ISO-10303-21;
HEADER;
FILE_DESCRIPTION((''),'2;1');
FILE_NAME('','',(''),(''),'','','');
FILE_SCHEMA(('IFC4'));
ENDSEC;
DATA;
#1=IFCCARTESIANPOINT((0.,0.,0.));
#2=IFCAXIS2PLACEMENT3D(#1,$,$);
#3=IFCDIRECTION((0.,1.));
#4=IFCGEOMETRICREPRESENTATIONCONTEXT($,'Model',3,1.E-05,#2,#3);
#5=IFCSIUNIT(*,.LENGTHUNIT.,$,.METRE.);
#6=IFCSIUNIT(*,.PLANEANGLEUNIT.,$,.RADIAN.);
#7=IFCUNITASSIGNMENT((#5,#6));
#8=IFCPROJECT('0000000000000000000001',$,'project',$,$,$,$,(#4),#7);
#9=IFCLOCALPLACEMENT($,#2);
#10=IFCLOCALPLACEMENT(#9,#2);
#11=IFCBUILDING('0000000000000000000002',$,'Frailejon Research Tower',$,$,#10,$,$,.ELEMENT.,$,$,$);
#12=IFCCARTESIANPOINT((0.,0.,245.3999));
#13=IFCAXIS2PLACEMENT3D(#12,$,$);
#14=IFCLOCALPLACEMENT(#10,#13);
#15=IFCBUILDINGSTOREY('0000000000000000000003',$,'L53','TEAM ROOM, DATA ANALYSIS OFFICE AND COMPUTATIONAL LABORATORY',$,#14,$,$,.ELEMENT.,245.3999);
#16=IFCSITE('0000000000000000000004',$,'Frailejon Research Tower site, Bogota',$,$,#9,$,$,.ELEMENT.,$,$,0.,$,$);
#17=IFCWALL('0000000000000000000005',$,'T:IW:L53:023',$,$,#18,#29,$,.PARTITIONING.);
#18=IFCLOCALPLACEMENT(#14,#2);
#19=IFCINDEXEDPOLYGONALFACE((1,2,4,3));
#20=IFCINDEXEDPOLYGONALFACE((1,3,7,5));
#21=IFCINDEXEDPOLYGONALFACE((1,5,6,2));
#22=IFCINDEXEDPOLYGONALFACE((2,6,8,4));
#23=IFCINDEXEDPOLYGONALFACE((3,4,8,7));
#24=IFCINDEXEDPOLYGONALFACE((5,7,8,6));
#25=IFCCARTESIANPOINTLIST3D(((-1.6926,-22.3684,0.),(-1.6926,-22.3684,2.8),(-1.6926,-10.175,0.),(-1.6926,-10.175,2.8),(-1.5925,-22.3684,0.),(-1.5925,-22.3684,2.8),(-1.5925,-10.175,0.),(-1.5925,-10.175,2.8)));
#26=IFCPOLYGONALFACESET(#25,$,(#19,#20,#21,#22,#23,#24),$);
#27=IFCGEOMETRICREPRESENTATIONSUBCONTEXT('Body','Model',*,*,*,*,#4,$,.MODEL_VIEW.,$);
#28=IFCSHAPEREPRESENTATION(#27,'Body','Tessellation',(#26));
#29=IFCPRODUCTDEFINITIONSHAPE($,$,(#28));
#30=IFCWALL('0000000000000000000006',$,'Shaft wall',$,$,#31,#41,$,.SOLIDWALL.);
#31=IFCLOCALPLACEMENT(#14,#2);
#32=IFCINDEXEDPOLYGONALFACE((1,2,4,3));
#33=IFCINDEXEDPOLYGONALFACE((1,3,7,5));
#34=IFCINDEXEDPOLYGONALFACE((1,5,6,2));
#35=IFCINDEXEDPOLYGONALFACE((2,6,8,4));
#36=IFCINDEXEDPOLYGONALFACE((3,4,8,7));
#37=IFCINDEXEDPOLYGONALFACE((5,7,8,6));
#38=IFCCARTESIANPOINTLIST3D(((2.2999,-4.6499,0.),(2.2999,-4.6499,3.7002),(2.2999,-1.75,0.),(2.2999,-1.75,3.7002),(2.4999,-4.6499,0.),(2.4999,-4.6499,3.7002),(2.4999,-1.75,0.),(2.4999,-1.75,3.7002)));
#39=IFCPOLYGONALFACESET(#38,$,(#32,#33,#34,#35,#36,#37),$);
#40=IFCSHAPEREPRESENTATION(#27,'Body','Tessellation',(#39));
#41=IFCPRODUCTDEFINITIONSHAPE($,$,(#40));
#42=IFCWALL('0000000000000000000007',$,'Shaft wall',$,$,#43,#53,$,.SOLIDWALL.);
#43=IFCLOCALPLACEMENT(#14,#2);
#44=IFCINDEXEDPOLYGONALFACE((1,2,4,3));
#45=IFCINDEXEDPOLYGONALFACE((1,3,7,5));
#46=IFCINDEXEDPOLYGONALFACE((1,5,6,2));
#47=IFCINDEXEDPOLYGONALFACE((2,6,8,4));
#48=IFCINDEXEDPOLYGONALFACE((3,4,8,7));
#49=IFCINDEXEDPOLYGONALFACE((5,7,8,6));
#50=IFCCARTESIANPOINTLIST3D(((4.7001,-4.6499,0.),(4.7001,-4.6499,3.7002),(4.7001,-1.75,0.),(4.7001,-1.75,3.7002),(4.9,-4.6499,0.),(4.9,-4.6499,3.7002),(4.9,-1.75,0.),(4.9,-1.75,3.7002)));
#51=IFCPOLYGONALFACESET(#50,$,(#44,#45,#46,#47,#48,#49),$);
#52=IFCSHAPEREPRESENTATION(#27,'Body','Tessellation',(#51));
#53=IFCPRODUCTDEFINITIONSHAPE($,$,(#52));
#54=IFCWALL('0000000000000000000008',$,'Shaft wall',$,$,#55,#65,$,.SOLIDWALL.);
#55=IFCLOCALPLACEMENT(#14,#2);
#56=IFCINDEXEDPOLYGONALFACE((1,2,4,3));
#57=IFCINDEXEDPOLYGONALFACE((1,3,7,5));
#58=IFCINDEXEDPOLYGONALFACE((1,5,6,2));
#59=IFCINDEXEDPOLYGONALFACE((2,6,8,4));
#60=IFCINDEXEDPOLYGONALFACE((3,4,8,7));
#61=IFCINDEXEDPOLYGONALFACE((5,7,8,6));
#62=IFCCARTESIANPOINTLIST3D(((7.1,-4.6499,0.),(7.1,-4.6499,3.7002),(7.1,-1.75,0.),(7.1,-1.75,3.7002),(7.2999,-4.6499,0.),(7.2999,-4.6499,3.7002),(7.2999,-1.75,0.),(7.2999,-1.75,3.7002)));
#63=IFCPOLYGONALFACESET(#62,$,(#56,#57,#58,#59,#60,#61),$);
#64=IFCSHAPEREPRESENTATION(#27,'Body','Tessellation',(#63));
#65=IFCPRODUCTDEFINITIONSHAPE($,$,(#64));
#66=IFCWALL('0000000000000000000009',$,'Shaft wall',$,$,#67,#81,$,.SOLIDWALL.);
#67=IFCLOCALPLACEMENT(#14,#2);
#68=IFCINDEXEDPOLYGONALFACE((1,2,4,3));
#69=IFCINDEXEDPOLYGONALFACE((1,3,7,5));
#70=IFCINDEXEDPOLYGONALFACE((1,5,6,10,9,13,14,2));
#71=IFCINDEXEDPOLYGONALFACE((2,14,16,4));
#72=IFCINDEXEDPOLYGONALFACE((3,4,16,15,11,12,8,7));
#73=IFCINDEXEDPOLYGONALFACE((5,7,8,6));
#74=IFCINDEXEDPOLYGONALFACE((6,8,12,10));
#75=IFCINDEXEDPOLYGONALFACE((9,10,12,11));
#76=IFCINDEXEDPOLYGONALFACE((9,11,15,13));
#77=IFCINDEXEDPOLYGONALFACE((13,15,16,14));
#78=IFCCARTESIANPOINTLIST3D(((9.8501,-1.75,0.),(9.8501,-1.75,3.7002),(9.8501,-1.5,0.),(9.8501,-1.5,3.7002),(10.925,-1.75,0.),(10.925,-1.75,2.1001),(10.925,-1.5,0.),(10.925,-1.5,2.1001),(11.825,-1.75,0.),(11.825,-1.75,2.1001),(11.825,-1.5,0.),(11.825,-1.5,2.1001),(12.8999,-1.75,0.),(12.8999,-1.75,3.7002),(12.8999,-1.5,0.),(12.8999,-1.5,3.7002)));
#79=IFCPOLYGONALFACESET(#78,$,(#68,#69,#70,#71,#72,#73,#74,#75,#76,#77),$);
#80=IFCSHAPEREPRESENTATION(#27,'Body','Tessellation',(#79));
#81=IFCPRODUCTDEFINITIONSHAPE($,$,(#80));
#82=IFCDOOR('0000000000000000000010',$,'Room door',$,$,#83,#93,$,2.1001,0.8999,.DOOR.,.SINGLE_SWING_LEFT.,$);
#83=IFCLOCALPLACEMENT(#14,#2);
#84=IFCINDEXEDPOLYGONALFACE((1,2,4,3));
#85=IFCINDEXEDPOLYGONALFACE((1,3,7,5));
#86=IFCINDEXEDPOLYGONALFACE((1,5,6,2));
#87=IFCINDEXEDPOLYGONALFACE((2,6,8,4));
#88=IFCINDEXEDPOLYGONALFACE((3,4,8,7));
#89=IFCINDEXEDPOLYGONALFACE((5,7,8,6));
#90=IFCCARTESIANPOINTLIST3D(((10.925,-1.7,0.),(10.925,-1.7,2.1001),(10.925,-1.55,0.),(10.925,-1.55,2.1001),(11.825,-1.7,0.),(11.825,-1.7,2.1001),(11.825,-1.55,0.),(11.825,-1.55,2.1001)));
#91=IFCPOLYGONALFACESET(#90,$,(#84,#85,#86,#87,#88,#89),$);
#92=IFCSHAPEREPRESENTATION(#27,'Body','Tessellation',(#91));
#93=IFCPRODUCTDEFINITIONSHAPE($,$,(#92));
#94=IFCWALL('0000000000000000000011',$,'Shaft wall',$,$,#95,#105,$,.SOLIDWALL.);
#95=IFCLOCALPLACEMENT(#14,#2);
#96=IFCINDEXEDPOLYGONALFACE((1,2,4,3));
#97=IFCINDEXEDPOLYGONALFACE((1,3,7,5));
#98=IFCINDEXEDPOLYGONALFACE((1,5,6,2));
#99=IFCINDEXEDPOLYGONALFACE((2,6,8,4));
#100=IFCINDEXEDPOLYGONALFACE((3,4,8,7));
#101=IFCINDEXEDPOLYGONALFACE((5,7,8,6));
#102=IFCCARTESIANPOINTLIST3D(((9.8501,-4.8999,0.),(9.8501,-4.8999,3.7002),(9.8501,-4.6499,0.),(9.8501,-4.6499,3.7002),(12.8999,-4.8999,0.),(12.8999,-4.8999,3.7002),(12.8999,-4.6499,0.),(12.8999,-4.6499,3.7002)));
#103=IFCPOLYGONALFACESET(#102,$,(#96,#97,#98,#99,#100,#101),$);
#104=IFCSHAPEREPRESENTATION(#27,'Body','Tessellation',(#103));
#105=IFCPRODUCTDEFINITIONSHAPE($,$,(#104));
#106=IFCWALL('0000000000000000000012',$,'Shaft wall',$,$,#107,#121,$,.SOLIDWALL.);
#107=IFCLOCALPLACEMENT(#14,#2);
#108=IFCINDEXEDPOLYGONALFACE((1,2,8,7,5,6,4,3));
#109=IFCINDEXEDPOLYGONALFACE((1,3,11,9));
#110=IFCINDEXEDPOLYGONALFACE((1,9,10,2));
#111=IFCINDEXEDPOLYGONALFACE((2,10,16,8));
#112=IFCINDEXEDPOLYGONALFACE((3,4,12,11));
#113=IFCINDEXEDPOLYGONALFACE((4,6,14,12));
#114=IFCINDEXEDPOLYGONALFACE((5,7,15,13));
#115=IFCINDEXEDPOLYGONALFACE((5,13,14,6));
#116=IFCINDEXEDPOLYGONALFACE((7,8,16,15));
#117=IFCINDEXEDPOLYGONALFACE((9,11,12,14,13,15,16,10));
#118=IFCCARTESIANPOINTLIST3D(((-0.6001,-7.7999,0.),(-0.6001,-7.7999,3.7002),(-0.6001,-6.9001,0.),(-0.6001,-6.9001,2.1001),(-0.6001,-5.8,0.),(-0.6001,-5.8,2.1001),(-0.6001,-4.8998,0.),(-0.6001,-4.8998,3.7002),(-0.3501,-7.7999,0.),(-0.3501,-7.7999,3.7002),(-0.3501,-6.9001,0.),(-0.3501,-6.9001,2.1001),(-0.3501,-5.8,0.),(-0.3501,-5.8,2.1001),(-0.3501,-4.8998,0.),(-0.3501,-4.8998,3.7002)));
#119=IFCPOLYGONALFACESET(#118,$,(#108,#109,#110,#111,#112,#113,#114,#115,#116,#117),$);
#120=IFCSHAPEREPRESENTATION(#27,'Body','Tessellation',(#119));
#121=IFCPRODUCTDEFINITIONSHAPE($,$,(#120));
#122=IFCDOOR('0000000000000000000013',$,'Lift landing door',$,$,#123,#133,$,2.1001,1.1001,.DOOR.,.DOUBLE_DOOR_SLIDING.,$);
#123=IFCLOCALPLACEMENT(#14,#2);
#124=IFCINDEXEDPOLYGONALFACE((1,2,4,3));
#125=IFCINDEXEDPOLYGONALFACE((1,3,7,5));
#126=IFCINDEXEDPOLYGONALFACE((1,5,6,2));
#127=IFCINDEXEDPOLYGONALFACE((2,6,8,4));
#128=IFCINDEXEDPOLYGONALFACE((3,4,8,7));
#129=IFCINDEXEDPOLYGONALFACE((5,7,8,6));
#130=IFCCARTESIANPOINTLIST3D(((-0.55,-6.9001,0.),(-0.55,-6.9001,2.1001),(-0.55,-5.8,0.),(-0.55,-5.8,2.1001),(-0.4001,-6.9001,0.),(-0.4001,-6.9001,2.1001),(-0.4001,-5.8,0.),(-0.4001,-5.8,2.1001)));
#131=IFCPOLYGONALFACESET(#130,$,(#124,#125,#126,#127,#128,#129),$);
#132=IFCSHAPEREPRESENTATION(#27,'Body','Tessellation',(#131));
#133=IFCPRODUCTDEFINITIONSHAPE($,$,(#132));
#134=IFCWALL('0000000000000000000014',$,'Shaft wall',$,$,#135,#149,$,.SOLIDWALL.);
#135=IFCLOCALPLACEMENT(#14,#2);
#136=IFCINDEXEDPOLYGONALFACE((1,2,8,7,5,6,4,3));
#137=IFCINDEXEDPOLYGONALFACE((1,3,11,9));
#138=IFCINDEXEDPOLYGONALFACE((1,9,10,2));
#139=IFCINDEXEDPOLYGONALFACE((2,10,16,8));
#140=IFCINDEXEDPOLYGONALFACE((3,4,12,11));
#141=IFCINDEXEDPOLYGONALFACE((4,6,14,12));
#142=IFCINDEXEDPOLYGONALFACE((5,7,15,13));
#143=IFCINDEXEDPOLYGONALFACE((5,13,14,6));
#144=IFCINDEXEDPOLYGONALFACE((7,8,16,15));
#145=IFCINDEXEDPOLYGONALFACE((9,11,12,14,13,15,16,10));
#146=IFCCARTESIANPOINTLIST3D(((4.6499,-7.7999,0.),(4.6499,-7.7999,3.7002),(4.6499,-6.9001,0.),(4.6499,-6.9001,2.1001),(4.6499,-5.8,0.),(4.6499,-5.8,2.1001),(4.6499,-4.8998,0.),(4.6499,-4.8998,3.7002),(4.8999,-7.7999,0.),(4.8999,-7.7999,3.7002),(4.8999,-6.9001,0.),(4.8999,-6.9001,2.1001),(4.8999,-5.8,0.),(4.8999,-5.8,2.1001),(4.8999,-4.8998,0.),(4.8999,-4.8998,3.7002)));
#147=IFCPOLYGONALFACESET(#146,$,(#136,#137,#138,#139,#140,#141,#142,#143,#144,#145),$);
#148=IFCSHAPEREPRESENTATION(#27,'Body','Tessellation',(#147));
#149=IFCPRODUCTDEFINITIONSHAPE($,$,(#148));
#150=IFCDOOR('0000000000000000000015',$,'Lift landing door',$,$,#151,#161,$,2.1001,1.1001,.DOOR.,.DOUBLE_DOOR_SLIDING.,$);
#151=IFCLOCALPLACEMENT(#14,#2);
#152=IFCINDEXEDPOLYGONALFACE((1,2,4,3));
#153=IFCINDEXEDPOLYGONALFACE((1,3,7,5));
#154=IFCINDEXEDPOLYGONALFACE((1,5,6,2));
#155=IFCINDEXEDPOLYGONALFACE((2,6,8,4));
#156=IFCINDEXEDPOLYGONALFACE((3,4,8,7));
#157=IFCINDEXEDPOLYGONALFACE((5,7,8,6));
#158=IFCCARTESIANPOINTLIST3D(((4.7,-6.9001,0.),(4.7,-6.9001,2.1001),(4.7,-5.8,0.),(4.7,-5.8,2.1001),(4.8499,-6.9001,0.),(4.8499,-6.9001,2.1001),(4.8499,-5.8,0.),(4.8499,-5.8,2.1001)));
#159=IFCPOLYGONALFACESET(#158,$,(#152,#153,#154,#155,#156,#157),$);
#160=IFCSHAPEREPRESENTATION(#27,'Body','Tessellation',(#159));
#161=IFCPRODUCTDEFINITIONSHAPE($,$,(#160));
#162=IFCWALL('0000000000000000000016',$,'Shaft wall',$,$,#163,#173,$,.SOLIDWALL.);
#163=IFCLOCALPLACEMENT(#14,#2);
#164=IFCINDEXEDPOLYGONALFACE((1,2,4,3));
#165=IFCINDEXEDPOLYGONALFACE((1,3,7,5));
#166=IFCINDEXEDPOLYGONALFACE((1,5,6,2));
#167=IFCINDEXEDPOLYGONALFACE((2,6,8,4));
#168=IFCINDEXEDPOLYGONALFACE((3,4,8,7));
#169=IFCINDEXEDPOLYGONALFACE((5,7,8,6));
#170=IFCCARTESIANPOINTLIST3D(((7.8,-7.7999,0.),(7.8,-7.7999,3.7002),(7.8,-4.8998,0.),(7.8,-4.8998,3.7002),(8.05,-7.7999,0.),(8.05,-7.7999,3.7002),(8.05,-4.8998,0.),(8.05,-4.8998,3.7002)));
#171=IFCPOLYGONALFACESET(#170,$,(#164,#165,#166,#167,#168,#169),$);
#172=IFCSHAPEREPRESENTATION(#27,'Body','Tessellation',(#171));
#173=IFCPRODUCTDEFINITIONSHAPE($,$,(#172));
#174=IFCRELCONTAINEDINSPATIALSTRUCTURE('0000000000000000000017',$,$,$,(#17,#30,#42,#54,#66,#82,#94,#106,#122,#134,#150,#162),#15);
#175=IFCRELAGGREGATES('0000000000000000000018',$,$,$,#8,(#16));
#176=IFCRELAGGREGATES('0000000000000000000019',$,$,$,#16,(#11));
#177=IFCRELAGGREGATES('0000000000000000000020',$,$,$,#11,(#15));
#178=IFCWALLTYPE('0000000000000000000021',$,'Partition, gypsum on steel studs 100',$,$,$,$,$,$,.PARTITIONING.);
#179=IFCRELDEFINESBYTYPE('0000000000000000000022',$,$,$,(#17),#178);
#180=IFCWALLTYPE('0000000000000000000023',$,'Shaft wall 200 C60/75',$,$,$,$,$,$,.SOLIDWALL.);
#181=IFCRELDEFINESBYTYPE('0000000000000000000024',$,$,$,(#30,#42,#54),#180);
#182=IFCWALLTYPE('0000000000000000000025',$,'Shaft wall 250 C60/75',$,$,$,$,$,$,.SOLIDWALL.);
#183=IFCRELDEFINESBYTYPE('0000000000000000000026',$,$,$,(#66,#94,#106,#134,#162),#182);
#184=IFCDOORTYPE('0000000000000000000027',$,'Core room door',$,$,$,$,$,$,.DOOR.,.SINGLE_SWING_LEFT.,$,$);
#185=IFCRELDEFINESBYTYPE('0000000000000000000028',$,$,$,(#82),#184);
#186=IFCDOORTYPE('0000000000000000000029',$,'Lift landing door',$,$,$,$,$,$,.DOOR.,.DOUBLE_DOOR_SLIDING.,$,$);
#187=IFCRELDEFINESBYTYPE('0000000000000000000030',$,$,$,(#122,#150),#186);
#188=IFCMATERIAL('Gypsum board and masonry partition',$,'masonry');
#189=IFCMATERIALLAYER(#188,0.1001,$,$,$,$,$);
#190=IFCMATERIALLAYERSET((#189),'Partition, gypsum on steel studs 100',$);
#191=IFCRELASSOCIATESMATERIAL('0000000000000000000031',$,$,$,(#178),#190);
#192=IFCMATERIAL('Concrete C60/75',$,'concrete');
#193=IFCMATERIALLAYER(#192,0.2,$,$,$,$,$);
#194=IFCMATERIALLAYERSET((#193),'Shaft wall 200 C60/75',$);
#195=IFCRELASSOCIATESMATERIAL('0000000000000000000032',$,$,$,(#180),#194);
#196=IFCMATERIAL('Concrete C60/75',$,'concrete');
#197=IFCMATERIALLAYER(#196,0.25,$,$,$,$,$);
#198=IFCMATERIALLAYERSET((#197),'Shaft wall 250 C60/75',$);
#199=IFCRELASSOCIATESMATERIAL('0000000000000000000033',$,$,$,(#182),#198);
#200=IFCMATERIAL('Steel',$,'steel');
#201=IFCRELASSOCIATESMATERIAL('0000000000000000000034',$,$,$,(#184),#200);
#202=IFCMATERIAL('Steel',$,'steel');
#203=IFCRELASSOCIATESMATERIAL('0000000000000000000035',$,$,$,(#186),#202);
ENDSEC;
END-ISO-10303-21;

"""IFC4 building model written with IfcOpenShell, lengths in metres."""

from ifc_helpers import new_model, si_unit, direction, frame, frame_2d, origin, place, context, subcontext, project, spatial, rectangle, extrude, material, layer, layer_set, type_object, element, fill, save


model = new_model("IFC4")

# Units and contexts
model_context = context("Model", 3, precision=1e-05, world=origin(), true_north=direction((0.0, 1.0)))
body_context = subcontext(model_context, "Body", "Model", "MODEL_VIEW")
ifc_project = project(units=[si_unit("LENGTHUNIT", "METRE"), si_unit("PLANEANGLEUNIT", "RADIAN")], contexts=[model_context])

# Site, building, storey
site_placement = place(None, origin())
site = spatial("IfcSite", under=ifc_project, at=site_placement, Name="Frailejon Research Tower site, Bogota", CompositionType="ELEMENT", RefElevation=0.0)
building_placement = place(site_placement, origin())
building = spatial("IfcBuilding", under=site, at=building_placement, Name="Frailejon Research Tower", CompositionType="ELEMENT")
storey_placement = place(building_placement, frame((0.0, 0.0, 245.3999)))
storey = spatial("IfcBuildingStorey", under=building, at=storey_placement, Name="L53", Description="TEAM ROOM, DATA ANALYSIS OFFICE AND COMPUTATIONAL LABORATORY", CompositionType="ELEMENT", Elevation=245.3999)

# Walls
ifc_material_1 = material(Name="Gypsum board and masonry partition", Category="masonry")
ifc_layer_1 = layer(ifc_material_1, 0.1001)
ifc_layer_set_1 = layer_set([ifc_layer_1], Name="Partition, gypsum on steel studs 100")
wall_type_1 = type_object("IfcWallType", Name="Partition, gypsum on steel studs 100", PredefinedType="PARTITIONING", material=ifc_layer_set_1)
wall_1_placement = place(storey_placement, frame((-1.6426, -22.3684, 0.0), z_axis=(0.0, 0.0, 1.0), x_axis=(0.0, 1.0, 0.0)))
element("IfcWall", 1, at=wall_1_placement, inside=storey, type_object=wall_type_1, Name="T:IW:L53:023", PredefinedType="PARTITIONING", context=body_context, shape_type="SweptSolid", body=[
    extrude(rectangle(XDim=12.1934, YDim=0.1001, at=frame_2d((6.0967, 0.0))), origin(), (0.0, 0.0, 1.0), 2.8),
])
ifc_material_2 = material(Name="Concrete C60/75", Category="concrete")
ifc_layer_2 = layer(ifc_material_2, 0.2)
ifc_layer_set_2 = layer_set([ifc_layer_2], Name="Shaft wall 200 C60/75")
wall_type_2 = type_object("IfcWallType", Name="Shaft wall 200 C60/75", PredefinedType="SOLIDWALL", material=ifc_layer_set_2)
for number, where, z_axis, x_axis, name in (
    (2, (2.3999, -4.6499, 0.0), (0.0, 0.0, 1.0), (0.0, 1.0, 0.0), "Shaft wall"),
    (3, (4.8, -4.6499, 0.0), (0.0, 0.0, 1.0), (0.0, 1.0, 0.0), "Shaft wall"),
    (4, (7.2, -4.6499, 0.0), (0.0, 0.0, 1.0), (0.0, 1.0, 0.0), "Shaft wall"),
):
    element("IfcWall", number, at=place(storey_placement, frame(where, z_axis=z_axis, x_axis=x_axis)), inside=storey, type_object=wall_type_2, Name=name, PredefinedType="SOLIDWALL", context=body_context, shape_type="SweptSolid", body=[
        extrude(rectangle(XDim=2.8999, YDim=0.2, at=frame_2d((1.45, 0.0))), origin(), (0.0, 0.0, 1.0), 3.7002),
    ])

# Wall, opening, door
ifc_material_3 = material(Name="Concrete C60/75", Category="concrete")
ifc_layer_3 = layer(ifc_material_3, 0.25)
ifc_layer_set_3 = layer_set([ifc_layer_3], Name="Shaft wall 250 C60/75")
wall_type_3 = type_object("IfcWallType", Name="Shaft wall 250 C60/75", PredefinedType="SOLIDWALL", material=ifc_layer_set_3)
wall_2_placement = place(storey_placement, frame((9.8501, -1.625, 0.0), z_axis=(0.0, 0.0, 1.0), x_axis=(1.0, 0.0, 0.0)))
wall_2 = element("IfcWall", 5, at=wall_2_placement, inside=storey, type_object=wall_type_3, Name="Shaft wall", PredefinedType="SOLIDWALL", context=body_context, shape_type="SweptSolid", body=[
    extrude(rectangle(XDim=3.0498, YDim=0.25, at=frame_2d((1.5249, 0.0))), origin(), (0.0, 0.0, 1.0), 3.7002),
])
opening_1_placement = place(wall_2_placement, frame((1.075, 0.0, 0.0)))
opening_1 = element("IfcOpeningElement", 6, at=opening_1_placement, cuts=wall_2, PredefinedType="OPENING", context=body_context, shape_type="SweptSolid", body=[
    extrude(rectangle(XDim=0.8999, YDim=2.1001, at=frame_2d((0.45, 1.05))), frame((0.0, 0.135, 0.0), z_axis=(0.0, -1.0, 0.0), x_axis=(1.0, 0.0, 0.0)), (0.0, 0.0, 1.0), 0.27),
])
ifc_material_4 = material(Name="Steel", Category="steel")
door_type_1 = type_object("IfcDoorType", Name="Core room door", OperationType="SINGLE_SWING_LEFT", PredefinedType="DOOR", material=ifc_material_4)
door_1_placement = place(opening_1_placement, origin())
door_1 = element("IfcDoor", 7, at=door_1_placement, inside=storey, type_object=door_type_1, Name="Room door", OperationType="SINGLE_SWING_LEFT", OverallHeight=2.1001, OverallWidth=0.8999, PredefinedType="DOOR", context=body_context, shape_type="SweptSolid", body=[
    extrude(rectangle(XDim=0.8999, YDim=2.1001, at=frame_2d((0.45, 1.05))), frame((0.0, 0.075, 0.0), z_axis=(0.0, -1.0, 0.0), x_axis=(1.0, 0.0, 0.0)), (0.0, 0.0, 1.0), 0.1499),
])
fill(opening_1, door_1)

# Wall
wall_3_placement = place(storey_placement, frame((9.8501, -4.7749, 0.0), z_axis=(0.0, 0.0, 1.0), x_axis=(1.0, 0.0, 0.0)))
element("IfcWall", 8, at=wall_3_placement, inside=storey, type_object=wall_type_3, Name="Shaft wall", PredefinedType="SOLIDWALL", context=body_context, shape_type="SweptSolid", body=[
    extrude(rectangle(XDim=3.0498, YDim=0.25, at=frame_2d((1.5249, 0.0))), origin(), (0.0, 0.0, 1.0), 3.7002),
])

# Walls, openings, doors
wall_4_placement = place(storey_placement, frame((-0.4751, -7.8, 0.0), z_axis=(0.0, 0.0, 1.0), x_axis=(0.0, 1.0, 0.0)))
wall_4 = element("IfcWall", 9, at=wall_4_placement, inside=storey, type_object=wall_type_3, Name="Shaft wall", PredefinedType="SOLIDWALL", context=body_context, shape_type="SweptSolid", body=[
    extrude(rectangle(XDim=2.9001, YDim=0.25, at=frame_2d((1.4502, 0.0))), origin(), (0.0, 0.0, 1.0), 3.7002),
])
opening_2_placement = place(wall_4_placement, frame((0.8999, 0.0, 0.0)))
opening_2 = element("IfcOpeningElement", 10, at=opening_2_placement, cuts=wall_4, PredefinedType="OPENING", context=body_context, shape_type="SweptSolid", body=[
    extrude(rectangle(XDim=1.1001, YDim=2.1001, at=frame_2d((0.55, 1.05))), frame((0.0, 0.135, 0.0), z_axis=(0.0, -1.0, 0.0), x_axis=(1.0, 0.0, 0.0)), (0.0, 0.0, 1.0), 0.27),
])
ifc_material_5 = material(Name="Steel", Category="steel")
door_type_2 = type_object("IfcDoorType", Name="Lift landing door", OperationType="DOUBLE_DOOR_SLIDING", PredefinedType="DOOR", material=ifc_material_5)
door_2_placement = place(opening_2_placement, origin())
door_2 = element("IfcDoor", 11, at=door_2_placement, inside=storey, type_object=door_type_2, Name="Lift landing door", OperationType="DOUBLE_DOOR_SLIDING", OverallHeight=2.1001, OverallWidth=1.1001, PredefinedType="DOOR", context=body_context, shape_type="SweptSolid", body=[
    extrude(rectangle(XDim=1.1001, YDim=2.1001, at=frame_2d((0.55, 1.05))), frame((0.0, 0.075, 0.0), z_axis=(0.0, -1.0, 0.0), x_axis=(1.0, 0.0, 0.0)), (0.0, 0.0, 1.0), 0.1499),
])
fill(opening_2, door_2)
wall_5_placement = place(storey_placement, frame((4.7749, -7.8, 0.0), z_axis=(0.0, 0.0, 1.0), x_axis=(0.0, 1.0, 0.0)))
wall_5 = element("IfcWall", 12, at=wall_5_placement, inside=storey, type_object=wall_type_3, Name="Shaft wall", PredefinedType="SOLIDWALL", context=body_context, shape_type="SweptSolid", body=[
    extrude(rectangle(XDim=2.9001, YDim=0.25, at=frame_2d((1.4502, 0.0))), origin(), (0.0, 0.0, 1.0), 3.7002),
])
opening_3_placement = place(wall_5_placement, frame((0.8999, 0.0, 0.0)))
opening_3 = element("IfcOpeningElement", 13, at=opening_3_placement, cuts=wall_5, PredefinedType="OPENING", context=body_context, shape_type="SweptSolid", body=[
    extrude(rectangle(XDim=1.1001, YDim=2.1001, at=frame_2d((0.55, 1.05))), frame((0.0, 0.135, 0.0), z_axis=(0.0, -1.0, 0.0), x_axis=(1.0, 0.0, 0.0)), (0.0, 0.0, 1.0), 0.27),
])
door_3_placement = place(opening_3_placement, origin())
door_3 = element("IfcDoor", 14, at=door_3_placement, inside=storey, type_object=door_type_2, Name="Lift landing door", OperationType="DOUBLE_DOOR_SLIDING", OverallHeight=2.1001, OverallWidth=1.1001, PredefinedType="DOOR", context=body_context, shape_type="SweptSolid", body=[
    extrude(rectangle(XDim=1.1001, YDim=2.1001, at=frame_2d((0.55, 1.05))), frame((0.0, 0.075, 0.0), z_axis=(0.0, -1.0, 0.0), x_axis=(1.0, 0.0, 0.0)), (0.0, 0.0, 1.0), 0.1499),
])
fill(opening_3, door_3)

# Wall
wall_6_placement = place(storey_placement, frame((7.925, -7.8, 0.0), z_axis=(0.0, 0.0, 1.0), x_axis=(0.0, 1.0, 0.0)))
element("IfcWall", 15, at=wall_6_placement, inside=storey, type_object=wall_type_3, Name="Shaft wall", PredefinedType="SOLIDWALL", context=body_context, shape_type="SweptSolid", body=[
    extrude(rectangle(XDim=2.9001, YDim=0.25, at=frame_2d((1.4502, 0.0))), origin(), (0.0, 0.0, 1.0), 3.7002),
])

save(model, "model.ifc")
